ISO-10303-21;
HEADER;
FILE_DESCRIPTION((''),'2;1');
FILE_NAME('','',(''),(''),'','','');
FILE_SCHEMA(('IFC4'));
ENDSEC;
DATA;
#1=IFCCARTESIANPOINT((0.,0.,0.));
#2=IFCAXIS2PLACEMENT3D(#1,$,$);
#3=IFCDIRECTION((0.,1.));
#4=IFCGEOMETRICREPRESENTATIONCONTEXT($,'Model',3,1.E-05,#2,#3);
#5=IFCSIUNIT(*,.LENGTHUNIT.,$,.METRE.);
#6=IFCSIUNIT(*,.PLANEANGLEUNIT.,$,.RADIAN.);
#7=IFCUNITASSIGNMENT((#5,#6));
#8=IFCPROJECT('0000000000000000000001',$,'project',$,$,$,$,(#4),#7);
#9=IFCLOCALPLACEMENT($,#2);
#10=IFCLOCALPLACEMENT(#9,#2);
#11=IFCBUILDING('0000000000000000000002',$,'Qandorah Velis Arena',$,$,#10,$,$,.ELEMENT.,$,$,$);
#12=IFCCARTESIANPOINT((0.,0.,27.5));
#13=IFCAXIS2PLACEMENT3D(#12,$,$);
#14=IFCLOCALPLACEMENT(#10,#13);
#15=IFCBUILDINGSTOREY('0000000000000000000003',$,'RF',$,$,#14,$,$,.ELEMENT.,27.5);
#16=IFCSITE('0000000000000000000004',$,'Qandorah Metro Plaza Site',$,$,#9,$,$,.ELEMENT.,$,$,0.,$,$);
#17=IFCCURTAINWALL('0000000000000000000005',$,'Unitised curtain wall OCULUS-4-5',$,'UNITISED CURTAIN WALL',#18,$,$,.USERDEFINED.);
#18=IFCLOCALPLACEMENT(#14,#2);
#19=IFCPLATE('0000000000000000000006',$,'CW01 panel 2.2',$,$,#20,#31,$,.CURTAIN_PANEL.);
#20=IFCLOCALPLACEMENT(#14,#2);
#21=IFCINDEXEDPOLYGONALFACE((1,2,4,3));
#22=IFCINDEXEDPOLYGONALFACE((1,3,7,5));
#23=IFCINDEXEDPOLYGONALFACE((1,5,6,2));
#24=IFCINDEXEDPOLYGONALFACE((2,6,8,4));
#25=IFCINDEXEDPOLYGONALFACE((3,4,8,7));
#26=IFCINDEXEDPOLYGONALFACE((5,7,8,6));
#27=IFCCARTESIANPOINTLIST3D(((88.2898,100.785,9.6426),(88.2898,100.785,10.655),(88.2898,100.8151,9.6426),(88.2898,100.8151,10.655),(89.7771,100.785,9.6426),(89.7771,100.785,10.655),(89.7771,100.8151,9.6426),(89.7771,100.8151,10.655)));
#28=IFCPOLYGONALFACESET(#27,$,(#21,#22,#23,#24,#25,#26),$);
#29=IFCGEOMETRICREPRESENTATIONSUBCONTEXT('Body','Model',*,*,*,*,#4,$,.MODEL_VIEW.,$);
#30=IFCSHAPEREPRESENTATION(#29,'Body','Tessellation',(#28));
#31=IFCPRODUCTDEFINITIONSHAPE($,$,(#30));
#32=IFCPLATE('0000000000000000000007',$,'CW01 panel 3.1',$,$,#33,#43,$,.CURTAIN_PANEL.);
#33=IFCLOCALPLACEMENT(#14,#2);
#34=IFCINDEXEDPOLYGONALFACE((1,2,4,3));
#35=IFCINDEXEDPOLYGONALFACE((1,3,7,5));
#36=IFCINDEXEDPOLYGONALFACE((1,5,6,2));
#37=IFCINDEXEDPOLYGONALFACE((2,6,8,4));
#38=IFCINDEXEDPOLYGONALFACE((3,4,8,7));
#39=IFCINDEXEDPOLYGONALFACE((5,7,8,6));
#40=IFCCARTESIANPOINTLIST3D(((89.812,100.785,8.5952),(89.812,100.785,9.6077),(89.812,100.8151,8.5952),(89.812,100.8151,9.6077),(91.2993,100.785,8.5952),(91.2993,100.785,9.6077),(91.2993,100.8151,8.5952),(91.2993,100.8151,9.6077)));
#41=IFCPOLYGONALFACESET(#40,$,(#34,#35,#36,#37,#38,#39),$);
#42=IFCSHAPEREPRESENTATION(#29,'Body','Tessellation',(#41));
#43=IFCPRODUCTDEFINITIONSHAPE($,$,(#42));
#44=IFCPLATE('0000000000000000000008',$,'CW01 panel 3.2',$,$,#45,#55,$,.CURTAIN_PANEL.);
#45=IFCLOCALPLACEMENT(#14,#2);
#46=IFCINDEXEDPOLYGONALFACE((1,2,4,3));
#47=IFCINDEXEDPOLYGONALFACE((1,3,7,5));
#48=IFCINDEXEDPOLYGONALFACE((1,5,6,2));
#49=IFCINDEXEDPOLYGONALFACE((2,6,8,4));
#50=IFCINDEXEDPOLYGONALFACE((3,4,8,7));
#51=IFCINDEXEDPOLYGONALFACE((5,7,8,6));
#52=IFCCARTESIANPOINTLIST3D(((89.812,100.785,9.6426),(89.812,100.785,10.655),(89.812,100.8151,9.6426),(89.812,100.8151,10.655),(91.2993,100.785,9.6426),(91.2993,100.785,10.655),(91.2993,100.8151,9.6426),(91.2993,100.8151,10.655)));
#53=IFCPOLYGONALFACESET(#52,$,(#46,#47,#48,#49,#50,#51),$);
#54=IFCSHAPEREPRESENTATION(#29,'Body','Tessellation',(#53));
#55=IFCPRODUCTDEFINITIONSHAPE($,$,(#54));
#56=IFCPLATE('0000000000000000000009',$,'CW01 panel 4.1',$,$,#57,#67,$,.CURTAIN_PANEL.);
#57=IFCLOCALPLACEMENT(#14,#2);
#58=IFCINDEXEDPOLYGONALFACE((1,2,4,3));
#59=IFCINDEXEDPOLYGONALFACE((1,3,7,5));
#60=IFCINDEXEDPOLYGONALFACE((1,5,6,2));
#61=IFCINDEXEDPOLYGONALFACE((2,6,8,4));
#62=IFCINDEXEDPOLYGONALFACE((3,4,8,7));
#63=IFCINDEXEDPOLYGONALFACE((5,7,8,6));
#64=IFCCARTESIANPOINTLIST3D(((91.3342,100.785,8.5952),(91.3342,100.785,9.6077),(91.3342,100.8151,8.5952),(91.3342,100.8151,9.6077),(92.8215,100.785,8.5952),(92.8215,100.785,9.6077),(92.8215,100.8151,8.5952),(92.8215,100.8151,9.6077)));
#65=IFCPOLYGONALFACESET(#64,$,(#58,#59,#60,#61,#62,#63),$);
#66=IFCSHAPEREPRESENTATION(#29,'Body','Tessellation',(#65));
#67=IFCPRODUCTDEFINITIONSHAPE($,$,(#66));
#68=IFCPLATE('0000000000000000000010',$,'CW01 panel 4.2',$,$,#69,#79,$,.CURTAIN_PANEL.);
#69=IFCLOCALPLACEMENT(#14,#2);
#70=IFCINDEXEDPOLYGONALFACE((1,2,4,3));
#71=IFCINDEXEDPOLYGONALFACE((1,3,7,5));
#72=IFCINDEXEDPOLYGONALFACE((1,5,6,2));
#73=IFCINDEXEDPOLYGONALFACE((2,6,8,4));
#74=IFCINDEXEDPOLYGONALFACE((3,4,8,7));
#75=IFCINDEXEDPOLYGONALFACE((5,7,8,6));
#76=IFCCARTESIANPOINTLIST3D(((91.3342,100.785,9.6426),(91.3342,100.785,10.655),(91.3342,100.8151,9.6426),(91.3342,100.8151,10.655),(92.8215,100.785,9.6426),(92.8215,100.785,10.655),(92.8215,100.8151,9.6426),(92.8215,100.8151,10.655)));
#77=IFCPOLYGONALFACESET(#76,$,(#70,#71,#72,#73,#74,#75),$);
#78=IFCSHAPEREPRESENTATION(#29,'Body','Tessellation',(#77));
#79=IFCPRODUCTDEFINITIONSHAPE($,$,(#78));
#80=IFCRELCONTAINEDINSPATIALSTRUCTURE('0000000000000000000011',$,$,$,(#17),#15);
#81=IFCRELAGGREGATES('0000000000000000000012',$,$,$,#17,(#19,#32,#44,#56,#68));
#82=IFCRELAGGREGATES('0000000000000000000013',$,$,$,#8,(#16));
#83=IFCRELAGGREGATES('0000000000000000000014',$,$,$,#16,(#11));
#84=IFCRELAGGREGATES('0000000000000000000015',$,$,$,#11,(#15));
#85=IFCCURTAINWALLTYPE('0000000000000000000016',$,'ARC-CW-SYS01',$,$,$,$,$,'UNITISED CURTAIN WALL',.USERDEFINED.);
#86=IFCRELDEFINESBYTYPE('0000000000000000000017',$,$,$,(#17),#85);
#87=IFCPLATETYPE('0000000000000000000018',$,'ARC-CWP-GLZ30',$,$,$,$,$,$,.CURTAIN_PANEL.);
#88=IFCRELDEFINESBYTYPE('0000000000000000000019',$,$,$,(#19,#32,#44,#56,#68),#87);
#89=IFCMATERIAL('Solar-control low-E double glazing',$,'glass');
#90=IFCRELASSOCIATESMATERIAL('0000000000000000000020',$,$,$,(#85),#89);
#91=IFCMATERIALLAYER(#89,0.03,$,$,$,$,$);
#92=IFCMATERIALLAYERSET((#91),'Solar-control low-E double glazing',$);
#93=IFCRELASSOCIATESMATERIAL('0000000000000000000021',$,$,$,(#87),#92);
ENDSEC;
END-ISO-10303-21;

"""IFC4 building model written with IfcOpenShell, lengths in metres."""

from ifc_helpers import new_model, si_unit, direction, frame, origin, origin_2d, place, context, subcontext, project, spatial, rectangle, extrude, material, layer, layer_set, type_object, element, aggregate, save


model = new_model("IFC4")

# Units and contexts
model_context = context("Model", 3, precision=1e-05, world=origin(), true_north=direction((0.0, 1.0)))
body_context = subcontext(model_context, "Body", "Model", "MODEL_VIEW")
ifc_project = project(units=[si_unit("LENGTHUNIT", "METRE"), si_unit("PLANEANGLEUNIT", "RADIAN")], contexts=[model_context])

# Site, building, storey
site_placement = place(None, origin())
site = spatial("IfcSite", under=ifc_project, at=site_placement, Name="Qandorah Metro Plaza Site", CompositionType="ELEMENT", RefElevation=0.0)
building_placement = place(site_placement, origin())
building = spatial("IfcBuilding", under=site, at=building_placement, Name="Qandorah Velis Arena", CompositionType="ELEMENT")
storey_placement = place(building_placement, frame((0.0, 0.0, 27.5)))
storey = spatial("IfcBuildingStorey", under=building, at=storey_placement, Name="RF", CompositionType="ELEMENT", Elevation=27.5)

# Curtain wall
ifc_material_1 = material(Name="Solar-control low-E double glazing", Category="glass")
curtain_wall_type_1 = type_object("IfcCurtainWallType", Name="ARC-CW-SYS01", ElementType="UNITISED CURTAIN WALL", PredefinedType="USERDEFINED", material=ifc_material_1)
curtain_wall_1_placement = place(storey_placement, origin())
curtain_wall_1 = element("IfcCurtainWall", 1, at=curtain_wall_1_placement, inside=storey, type_object=curtain_wall_type_1, Name="Unitised curtain wall OCULUS-4-5", ObjectType="UNITISED CURTAIN WALL", PredefinedType="USERDEFINED")

# Plates
ifc_layer = layer(ifc_material_1, 0.03)
ifc_layer_set = layer_set([ifc_layer], Name="Solar-control low-E double glazing")
plate_type = type_object("IfcPlateType", Name="ARC-CWP-GLZ30", PredefinedType="CURTAIN_PANEL", material=ifc_layer_set)
plate_1_placement = place(storey_placement, frame((89.0334, 100.8, 9.6426), z_axis=(0.0, 0.0, 1.0), x_axis=(1.0, 0.0, 0.0)))
plate_1 = element("IfcPlate", 2, at=plate_1_placement, type_object=plate_type, Name="CW01 panel 2.2", PredefinedType="CURTAIN_PANEL", context=body_context, shape_type="SweptSolid", body=[
    extrude(rectangle(XDim=1.4873, YDim=0.03, at=origin_2d()), origin(), (0.0, 0.0, 1.0), 1.0125),
])
plate_2_placement = place(storey_placement, frame((90.5557, 100.8, 8.5952), z_axis=(0.0, 0.0, 1.0), x_axis=(1.0, 0.0, 0.0)))
plate_2 = element("IfcPlate", 3, at=plate_2_placement, type_object=plate_type, Name="CW01 panel 3.1", PredefinedType="CURTAIN_PANEL", context=body_context, shape_type="SweptSolid", body=[
    extrude(rectangle(XDim=1.4873, YDim=0.03, at=origin_2d()), origin(), (0.0, 0.0, 1.0), 1.0125),
])
plate_3_placement = place(storey_placement, frame((90.5557, 100.8, 9.6426), z_axis=(0.0, 0.0, 1.0), x_axis=(1.0, 0.0, 0.0)))
plate_3 = element("IfcPlate", 4, at=plate_3_placement, type_object=plate_type, Name="CW01 panel 3.2", PredefinedType="CURTAIN_PANEL", context=body_context, shape_type="SweptSolid", body=[
    extrude(rectangle(XDim=1.4873, YDim=0.03, at=origin_2d()), origin(), (0.0, 0.0, 1.0), 1.0125),
])
plate_4_placement = place(storey_placement, frame((92.0779, 100.8, 8.5952), z_axis=(0.0, 0.0, 1.0), x_axis=(1.0, 0.0, 0.0)))
plate_4 = element("IfcPlate", 5, at=plate_4_placement, type_object=plate_type, Name="CW01 panel 4.1", PredefinedType="CURTAIN_PANEL", context=body_context, shape_type="SweptSolid", body=[
    extrude(rectangle(XDim=1.4873, YDim=0.03, at=origin_2d()), origin(), (0.0, 0.0, 1.0), 1.0125),
])
plate_5_placement = place(storey_placement, frame((92.0779, 100.8, 9.6426), z_axis=(0.0, 0.0, 1.0), x_axis=(1.0, 0.0, 0.0)))
plate_5 = element("IfcPlate", 6, at=plate_5_placement, type_object=plate_type, Name="CW01 panel 4.2", PredefinedType="CURTAIN_PANEL", context=body_context, shape_type="SweptSolid", body=[
    extrude(rectangle(XDim=1.4873, YDim=0.03, at=origin_2d()), origin(), (0.0, 0.0, 1.0), 1.0125),
])
aggregate(curtain_wall_1, [plate_1, plate_2, plate_3, plate_4, plate_5])

save(model, "model.ifc")
